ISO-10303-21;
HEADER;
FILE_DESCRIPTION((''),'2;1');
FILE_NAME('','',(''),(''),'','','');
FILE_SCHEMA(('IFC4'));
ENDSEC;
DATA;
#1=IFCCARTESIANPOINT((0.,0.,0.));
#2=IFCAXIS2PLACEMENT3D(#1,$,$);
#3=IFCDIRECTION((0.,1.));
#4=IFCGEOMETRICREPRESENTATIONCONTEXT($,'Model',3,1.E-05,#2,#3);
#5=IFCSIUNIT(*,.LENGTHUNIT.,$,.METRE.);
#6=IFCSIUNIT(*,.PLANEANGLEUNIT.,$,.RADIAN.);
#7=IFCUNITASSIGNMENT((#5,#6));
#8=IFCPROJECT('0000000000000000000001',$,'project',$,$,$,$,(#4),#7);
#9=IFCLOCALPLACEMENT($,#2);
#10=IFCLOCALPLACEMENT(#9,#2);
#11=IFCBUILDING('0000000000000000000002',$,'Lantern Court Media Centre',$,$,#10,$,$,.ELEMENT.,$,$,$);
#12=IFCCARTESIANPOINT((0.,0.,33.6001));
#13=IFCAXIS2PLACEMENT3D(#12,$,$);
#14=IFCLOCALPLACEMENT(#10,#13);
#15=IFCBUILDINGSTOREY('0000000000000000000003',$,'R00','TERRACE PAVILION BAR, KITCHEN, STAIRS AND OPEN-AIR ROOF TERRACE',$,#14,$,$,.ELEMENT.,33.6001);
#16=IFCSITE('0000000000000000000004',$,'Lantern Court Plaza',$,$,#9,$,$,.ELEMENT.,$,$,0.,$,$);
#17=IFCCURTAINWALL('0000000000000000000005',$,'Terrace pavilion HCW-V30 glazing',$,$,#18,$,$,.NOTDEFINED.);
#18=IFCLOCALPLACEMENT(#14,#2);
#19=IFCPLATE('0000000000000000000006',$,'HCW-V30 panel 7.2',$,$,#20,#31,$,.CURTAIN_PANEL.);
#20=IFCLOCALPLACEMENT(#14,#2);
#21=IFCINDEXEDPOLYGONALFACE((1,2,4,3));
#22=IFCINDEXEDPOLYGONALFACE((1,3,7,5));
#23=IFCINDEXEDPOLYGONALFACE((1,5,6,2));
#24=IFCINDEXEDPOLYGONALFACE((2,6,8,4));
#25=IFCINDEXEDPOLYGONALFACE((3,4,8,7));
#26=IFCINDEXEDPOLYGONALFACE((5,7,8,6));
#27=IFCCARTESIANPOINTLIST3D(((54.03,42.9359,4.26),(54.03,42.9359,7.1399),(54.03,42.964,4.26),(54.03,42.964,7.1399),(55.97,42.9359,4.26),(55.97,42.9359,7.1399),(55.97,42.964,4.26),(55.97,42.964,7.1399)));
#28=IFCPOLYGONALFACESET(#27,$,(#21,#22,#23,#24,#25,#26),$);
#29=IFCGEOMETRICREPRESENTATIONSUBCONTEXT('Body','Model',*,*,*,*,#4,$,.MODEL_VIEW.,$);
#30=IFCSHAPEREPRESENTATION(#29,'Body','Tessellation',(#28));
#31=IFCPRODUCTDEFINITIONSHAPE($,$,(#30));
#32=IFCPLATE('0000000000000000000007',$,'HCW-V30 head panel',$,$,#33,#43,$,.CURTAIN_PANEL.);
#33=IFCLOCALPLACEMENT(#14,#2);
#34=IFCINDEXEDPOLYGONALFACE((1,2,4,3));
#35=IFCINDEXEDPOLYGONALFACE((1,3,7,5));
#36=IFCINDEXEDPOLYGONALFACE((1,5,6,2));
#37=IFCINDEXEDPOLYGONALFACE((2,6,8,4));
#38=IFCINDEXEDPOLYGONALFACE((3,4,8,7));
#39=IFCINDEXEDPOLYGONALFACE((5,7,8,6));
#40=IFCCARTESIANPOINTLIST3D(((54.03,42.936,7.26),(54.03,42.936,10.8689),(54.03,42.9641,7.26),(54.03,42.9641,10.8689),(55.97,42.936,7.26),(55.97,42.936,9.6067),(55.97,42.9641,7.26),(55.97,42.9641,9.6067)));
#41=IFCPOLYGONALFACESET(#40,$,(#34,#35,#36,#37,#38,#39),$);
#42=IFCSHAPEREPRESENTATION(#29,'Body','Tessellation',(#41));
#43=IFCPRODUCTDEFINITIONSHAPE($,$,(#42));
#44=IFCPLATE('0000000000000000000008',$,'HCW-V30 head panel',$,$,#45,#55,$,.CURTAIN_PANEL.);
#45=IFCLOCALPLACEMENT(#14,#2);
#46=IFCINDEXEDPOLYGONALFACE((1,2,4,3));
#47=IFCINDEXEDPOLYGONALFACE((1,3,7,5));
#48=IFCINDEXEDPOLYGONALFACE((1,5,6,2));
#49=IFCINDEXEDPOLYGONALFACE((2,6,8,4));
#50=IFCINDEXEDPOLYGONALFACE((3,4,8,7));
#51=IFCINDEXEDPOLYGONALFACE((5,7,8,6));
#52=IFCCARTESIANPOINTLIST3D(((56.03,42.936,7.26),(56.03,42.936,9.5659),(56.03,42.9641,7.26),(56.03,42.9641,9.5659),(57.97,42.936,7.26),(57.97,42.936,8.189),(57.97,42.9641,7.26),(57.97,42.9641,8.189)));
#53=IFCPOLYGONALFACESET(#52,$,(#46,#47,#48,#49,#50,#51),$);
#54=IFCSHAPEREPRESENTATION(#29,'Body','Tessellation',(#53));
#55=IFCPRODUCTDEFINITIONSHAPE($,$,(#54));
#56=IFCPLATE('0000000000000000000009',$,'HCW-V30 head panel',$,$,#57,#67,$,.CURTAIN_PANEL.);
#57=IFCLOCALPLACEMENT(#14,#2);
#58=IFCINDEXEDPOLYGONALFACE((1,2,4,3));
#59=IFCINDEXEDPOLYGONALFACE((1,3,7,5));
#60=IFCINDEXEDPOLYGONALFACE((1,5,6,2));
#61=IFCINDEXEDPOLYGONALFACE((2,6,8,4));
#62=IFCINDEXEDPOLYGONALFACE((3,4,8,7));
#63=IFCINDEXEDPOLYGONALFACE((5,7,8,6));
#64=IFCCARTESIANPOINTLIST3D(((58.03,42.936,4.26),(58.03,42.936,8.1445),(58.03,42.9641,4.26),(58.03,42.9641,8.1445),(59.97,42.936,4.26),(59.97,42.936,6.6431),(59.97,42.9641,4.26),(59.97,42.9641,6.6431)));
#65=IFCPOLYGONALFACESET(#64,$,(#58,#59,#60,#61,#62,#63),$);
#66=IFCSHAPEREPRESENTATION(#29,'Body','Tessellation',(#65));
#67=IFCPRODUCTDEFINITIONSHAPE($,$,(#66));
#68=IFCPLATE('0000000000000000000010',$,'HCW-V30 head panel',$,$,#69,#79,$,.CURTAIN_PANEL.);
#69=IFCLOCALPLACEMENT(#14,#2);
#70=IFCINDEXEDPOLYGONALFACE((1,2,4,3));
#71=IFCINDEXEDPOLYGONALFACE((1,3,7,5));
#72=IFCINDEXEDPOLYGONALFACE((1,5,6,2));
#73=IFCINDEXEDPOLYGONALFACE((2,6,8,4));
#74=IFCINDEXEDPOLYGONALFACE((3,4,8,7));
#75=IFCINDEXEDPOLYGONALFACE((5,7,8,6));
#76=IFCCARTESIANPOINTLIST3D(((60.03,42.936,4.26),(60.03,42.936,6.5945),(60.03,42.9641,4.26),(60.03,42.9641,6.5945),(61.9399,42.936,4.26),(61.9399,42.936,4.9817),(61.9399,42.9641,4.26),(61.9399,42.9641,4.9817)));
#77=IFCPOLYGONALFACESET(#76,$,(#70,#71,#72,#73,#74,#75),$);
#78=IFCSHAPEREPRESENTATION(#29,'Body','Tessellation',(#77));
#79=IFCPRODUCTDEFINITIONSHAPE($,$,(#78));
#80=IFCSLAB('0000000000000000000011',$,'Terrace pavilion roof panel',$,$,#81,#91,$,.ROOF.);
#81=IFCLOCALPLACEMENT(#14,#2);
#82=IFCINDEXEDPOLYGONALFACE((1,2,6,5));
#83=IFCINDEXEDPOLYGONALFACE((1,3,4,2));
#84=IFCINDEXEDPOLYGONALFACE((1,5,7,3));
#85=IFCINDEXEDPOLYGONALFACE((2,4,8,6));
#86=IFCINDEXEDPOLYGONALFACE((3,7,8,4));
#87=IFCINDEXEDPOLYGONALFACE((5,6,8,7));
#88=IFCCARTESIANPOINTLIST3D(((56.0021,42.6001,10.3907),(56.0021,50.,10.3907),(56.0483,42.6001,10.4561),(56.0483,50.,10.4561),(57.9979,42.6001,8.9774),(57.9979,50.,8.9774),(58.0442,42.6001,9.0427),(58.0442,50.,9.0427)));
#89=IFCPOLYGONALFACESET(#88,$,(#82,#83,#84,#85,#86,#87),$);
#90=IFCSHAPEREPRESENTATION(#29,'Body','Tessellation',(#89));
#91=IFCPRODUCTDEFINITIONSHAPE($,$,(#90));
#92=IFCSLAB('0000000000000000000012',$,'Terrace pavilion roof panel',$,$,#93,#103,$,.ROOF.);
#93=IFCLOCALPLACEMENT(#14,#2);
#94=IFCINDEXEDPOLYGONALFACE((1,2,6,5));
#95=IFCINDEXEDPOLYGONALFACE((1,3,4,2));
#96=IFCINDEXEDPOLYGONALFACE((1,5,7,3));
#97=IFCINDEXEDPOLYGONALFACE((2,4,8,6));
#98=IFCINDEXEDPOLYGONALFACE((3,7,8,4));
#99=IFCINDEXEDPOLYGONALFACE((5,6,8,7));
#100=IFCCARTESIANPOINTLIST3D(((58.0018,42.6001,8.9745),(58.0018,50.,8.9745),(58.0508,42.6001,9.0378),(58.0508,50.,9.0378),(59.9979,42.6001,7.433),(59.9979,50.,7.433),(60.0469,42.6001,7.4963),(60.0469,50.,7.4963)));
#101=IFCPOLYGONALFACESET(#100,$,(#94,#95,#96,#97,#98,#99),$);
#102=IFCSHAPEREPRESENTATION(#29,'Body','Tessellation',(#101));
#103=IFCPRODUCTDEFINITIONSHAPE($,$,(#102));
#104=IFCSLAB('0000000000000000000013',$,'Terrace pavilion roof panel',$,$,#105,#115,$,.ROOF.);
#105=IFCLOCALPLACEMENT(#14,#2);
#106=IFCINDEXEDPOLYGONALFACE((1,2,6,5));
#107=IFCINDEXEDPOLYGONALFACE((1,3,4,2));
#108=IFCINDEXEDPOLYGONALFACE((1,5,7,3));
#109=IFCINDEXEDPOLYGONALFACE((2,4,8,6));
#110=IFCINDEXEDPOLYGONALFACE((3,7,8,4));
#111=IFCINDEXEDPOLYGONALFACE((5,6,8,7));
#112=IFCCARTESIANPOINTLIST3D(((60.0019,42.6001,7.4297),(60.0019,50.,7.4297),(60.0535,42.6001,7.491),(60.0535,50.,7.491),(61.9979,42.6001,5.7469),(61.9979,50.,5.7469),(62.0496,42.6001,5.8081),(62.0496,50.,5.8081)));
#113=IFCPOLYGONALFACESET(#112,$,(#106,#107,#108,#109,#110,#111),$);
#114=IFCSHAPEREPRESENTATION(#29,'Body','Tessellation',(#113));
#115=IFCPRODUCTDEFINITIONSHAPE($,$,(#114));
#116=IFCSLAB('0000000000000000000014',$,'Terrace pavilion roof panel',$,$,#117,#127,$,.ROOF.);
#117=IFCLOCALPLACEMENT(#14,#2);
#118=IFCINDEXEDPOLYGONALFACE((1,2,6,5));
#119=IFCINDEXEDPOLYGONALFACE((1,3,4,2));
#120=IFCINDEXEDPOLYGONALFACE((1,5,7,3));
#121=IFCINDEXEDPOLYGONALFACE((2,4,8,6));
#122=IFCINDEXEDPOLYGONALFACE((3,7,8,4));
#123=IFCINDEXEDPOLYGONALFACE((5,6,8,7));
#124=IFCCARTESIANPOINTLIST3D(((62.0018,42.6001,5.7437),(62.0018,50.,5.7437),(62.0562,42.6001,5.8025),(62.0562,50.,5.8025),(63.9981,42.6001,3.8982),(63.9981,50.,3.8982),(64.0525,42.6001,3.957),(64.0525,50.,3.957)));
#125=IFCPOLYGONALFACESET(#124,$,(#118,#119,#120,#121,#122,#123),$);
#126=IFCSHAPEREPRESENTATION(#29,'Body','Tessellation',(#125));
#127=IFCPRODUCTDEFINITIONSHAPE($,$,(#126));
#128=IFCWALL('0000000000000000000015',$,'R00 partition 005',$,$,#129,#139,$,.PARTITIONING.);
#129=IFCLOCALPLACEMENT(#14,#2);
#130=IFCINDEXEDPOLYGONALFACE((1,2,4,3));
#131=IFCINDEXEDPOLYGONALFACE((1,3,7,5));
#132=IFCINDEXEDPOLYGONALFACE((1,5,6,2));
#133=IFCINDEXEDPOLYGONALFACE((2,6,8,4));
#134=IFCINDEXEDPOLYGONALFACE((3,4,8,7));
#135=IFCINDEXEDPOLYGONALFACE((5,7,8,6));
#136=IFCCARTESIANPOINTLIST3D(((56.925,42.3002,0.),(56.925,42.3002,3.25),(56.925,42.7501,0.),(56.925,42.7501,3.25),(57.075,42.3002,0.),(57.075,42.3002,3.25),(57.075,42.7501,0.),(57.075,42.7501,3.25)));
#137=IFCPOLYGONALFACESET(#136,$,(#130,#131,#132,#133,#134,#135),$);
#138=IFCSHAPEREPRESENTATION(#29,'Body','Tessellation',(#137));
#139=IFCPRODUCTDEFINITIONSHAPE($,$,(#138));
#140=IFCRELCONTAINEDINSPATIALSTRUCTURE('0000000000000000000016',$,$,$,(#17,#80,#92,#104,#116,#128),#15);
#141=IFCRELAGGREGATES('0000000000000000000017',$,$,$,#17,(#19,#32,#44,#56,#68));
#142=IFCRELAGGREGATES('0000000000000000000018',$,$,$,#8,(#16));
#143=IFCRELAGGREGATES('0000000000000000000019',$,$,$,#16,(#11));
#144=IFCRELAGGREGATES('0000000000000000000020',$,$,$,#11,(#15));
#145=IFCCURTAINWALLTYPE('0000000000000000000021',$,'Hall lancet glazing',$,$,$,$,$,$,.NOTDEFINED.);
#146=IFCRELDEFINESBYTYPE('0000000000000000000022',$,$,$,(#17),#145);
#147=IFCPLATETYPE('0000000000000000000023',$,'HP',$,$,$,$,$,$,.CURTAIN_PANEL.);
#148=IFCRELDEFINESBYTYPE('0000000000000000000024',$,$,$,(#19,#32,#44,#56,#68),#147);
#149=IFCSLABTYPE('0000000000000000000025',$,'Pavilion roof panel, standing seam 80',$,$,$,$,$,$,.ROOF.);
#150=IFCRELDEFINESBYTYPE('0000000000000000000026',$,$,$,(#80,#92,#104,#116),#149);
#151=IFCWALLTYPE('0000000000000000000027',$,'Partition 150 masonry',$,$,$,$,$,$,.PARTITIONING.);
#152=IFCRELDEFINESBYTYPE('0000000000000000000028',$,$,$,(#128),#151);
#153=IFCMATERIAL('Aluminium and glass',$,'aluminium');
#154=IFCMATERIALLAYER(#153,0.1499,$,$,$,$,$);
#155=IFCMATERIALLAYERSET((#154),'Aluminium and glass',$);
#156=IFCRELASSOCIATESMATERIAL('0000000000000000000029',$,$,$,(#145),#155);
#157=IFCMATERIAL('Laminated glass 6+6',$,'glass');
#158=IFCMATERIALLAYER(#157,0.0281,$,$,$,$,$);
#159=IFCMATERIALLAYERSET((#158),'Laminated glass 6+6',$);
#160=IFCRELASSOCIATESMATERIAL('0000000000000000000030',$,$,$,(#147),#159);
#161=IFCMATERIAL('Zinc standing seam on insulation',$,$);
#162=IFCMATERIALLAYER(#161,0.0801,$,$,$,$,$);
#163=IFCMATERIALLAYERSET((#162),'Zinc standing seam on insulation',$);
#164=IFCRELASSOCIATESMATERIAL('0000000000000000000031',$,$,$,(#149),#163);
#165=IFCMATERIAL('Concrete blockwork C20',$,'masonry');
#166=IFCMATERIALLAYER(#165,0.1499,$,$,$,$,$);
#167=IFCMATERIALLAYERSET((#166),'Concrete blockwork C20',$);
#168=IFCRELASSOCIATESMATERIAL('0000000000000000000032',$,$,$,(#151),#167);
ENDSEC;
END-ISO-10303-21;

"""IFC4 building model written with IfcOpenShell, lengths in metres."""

from ifc_helpers import new_model, si_unit, direction, frame, frame_2d, origin, origin_2d, place, context, subcontext, project, spatial, polyline, rectangle, outline, extrude, material, layer, layer_set, type_object, element, aggregate, save


model = new_model("IFC4")

# Units and contexts
model_context = context("Model", 3, precision=1e-05, world=origin(), true_north=direction((0.0, 1.0)))
body_context = subcontext(model_context, "Body", "Model", "MODEL_VIEW")
ifc_project = project(units=[si_unit("LENGTHUNIT", "METRE"), si_unit("PLANEANGLEUNIT", "RADIAN")], contexts=[model_context])

# Site, building, storey
site_placement = place(None, origin())
site = spatial("IfcSite", under=ifc_project, at=site_placement, Name="Lantern Court Plaza", CompositionType="ELEMENT", RefElevation=0.0)
building_placement = place(site_placement, origin())
building = spatial("IfcBuilding", under=site, at=building_placement, Name="Lantern Court Media Centre", CompositionType="ELEMENT")
storey_placement = place(building_placement, frame((0.0, 0.0, 33.6001)))
storey = spatial("IfcBuildingStorey", under=building, at=storey_placement, Name="R00", Description="TERRACE PAVILION BAR, KITCHEN, STAIRS AND OPEN-AIR ROOF TERRACE", CompositionType="ELEMENT", Elevation=33.6001)

# Curtain wall
ifc_material_1 = material(Name="Aluminium and glass", Category="aluminium")
ifc_layer_1 = layer(ifc_material_1, 0.1499)
ifc_layer_set_1 = layer_set([ifc_layer_1], Name="Aluminium and glass")
curtain_wall_type = type_object("IfcCurtainWallType", Name="Hall lancet glazing", PredefinedType="NOTDEFINED", material=ifc_layer_set_1)
curtain_wall_placement = place(storey_placement, origin())
curtain_wall = element("IfcCurtainWall", 1, at=curtain_wall_placement, inside=storey, type_object=curtain_wall_type, Name="Terrace pavilion HCW-V30 glazing", PredefinedType="NOTDEFINED")

# Plates
ifc_material_2 = material(Name="Laminated glass 6+6", Category="glass")
ifc_layer_2 = layer(ifc_material_2, 0.0281)
ifc_layer_set_2 = layer_set([ifc_layer_2], Name="Laminated glass 6+6")
plate_type = type_object("IfcPlateType", Name="HP", PredefinedType="CURTAIN_PANEL", material=ifc_layer_set_2)
plate_1_placement = place(storey_placement, frame((55.0, 42.95, 4.26), z_axis=(0.0, 0.0, 1.0), x_axis=(1.0, 0.0, 0.0)))
plate_1 = element("IfcPlate", 2, at=plate_1_placement, type_object=plate_type, Name="HCW-V30 panel 7.2", PredefinedType="CURTAIN_PANEL", context=body_context, shape_type="SweptSolid", body=[
    extrude(rectangle(XDim=1.9399, YDim=0.0281, at=origin_2d()), origin(), (0.0, 0.0, 1.0), 2.8799),
])
plate_2_placement = place(storey_placement, frame((54.03, 42.936, 7.26), z_axis=(0.0, -1.0, 0.0), x_axis=(1.0, 0.0, 0.0)))
plate_2 = element("IfcPlate", 3, at=plate_2_placement, type_object=plate_type, Name="HCW-V30 head panel", PredefinedType="CURTAIN_PANEL", context=body_context, shape_type="SweptSolid", body=[
    extrude(outline(polyline([(0.0, 0.0), (1.9399, 0.0), (1.9399, 2.3467), (0.0, 3.6089), (0.0, 0.0)])), origin(), (0.0, 0.0, -1.0), 0.0281),
])
plate_3_placement = place(storey_placement, frame((56.03, 42.936, 7.26), z_axis=(0.0, -1.0, 0.0), x_axis=(1.0, 0.0, 0.0)))
plate_3 = element("IfcPlate", 4, at=plate_3_placement, type_object=plate_type, Name="HCW-V30 head panel", PredefinedType="CURTAIN_PANEL", context=body_context, shape_type="SweptSolid", body=[
    extrude(outline(polyline([(0.0, 0.0), (1.9399, 0.0), (1.9399, 0.929), (0.0, 2.3059), (0.0, 0.0)])), origin(), (0.0, 0.0, -1.0), 0.0281),
])
plate_4_placement = place(storey_placement, frame((58.03, 42.936, 4.26), z_axis=(0.0, -1.0, 0.0), x_axis=(1.0, 0.0, 0.0)))
plate_4 = element("IfcPlate", 5, at=plate_4_placement, type_object=plate_type, Name="HCW-V30 head panel", PredefinedType="CURTAIN_PANEL", context=body_context, shape_type="SweptSolid", body=[
    extrude(outline(polyline([(0.0, 0.0), (1.9399, 0.0), (1.9399, 2.3831), (0.0, 3.8845), (0.0, 0.0)])), origin(), (0.0, 0.0, -1.0), 0.0281),
])
plate_5_placement = place(storey_placement, frame((60.03, 42.936, 4.26), z_axis=(0.0, -1.0, 0.0), x_axis=(1.0, 0.0, 0.0)))
plate_5 = element("IfcPlate", 6, at=plate_5_placement, type_object=plate_type, Name="HCW-V30 head panel", PredefinedType="CURTAIN_PANEL", context=body_context, shape_type="SweptSolid", body=[
    extrude(outline(polyline([(0.0, 0.0), (1.9099, 0.0), (1.9099, 0.7217), (0.0, 2.3345), (0.0, 0.0)])), origin(), (0.0, 0.0, -1.0), 0.0281),
])
aggregate(curtain_wall, [plate_1, plate_2, plate_3, plate_4, plate_5])

# Slabs
ifc_material_3 = material(Name="Zinc standing seam on insulation")
ifc_layer_3 = layer(ifc_material_3, 0.0801)
ifc_layer_set_3 = layer_set([ifc_layer_3], Name="Zinc standing seam on insulation")
slab_type = type_object("IfcSlabType", Name="Pavilion roof panel, standing seam 80", PredefinedType="ROOF", material=ifc_layer_set_3)
slab_1_placement = place(storey_placement, frame((56.0483, 42.6001, 10.4561), z_axis=(0.577909, 0.0, 0.816101), x_axis=(0.816101, 0.0, -0.577909)))
element("IfcSlab", 7, at=slab_1_placement, inside=storey, type_object=slab_type, Name="Terrace pavilion roof panel", PredefinedType="ROOF", context=body_context, shape_type="SweptSolid", body=[
    extrude(outline(polyline([(0.0, 0.0), (2.4456, 0.0), (2.4456, 7.3999), (0.0, 7.3999), (0.0, 0.0)])), origin(), (0.0, 0.0, -1.0), 0.0801),
])
slab_2_placement = place(storey_placement, frame((58.0508, 42.6001, 9.0378), z_axis=(0.611216, 0.0, 0.791464), x_axis=(0.791464, 0.0, -0.611216)))
element("IfcSlab", 8, at=slab_2_placement, inside=storey, type_object=slab_type, Name="Terrace pavilion roof panel", PredefinedType="ROOF", context=body_context, shape_type="SweptSolid", body=[
    extrude(outline(polyline([(0.0, 0.0), (2.522, 0.0), (2.522, 7.3999), (0.0, 7.3999), (0.0, 0.0)])), origin(), (0.0, 0.0, -1.0), 0.0801),
])
slab_3_placement = place(storey_placement, frame((60.0535, 42.6001, 7.491), z_axis=(0.64457, 0.0, 0.764545), x_axis=(0.764545, 0.0, -0.64457)))
element("IfcSlab", 9, at=slab_3_placement, inside=storey, type_object=slab_type, Name="Terrace pavilion roof panel", PredefinedType="ROOF", context=body_context, shape_type="SweptSolid", body=[
    extrude(outline(polyline([(0.0, 0.0), (2.6108, 0.0), (2.6108, 7.3999), (0.0, 7.3999), (0.0, 0.0)])), origin(), (0.0, 0.0, -1.0), 0.0801),
])
slab_4_placement = place(storey_placement, frame((62.0562, 42.6001, 5.8025), z_axis=(0.678813, 0.0, 0.734311), x_axis=(0.734311, 0.0, -0.678813)))
element("IfcSlab", 10, at=slab_4_placement, inside=storey, type_object=slab_type, Name="Terrace pavilion roof panel", PredefinedType="ROOF", context=body_context, shape_type="SweptSolid", body=[
    extrude(outline(polyline([(0.0, 0.0), (2.7187, 0.0), (2.7187, 7.3999), (0.0, 7.3999), (0.0, 0.0)])), origin(), (0.0, 0.0, -1.0), 0.0801),
])

# Wall
ifc_material_4 = material(Name="Concrete blockwork C20", Category="masonry")
ifc_layer_4 = layer(ifc_material_4, 0.1499)
ifc_layer_set_4 = layer_set([ifc_layer_4], Name="Concrete blockwork C20")
wall_type = type_object("IfcWallType", Name="Partition 150 masonry", PredefinedType="PARTITIONING", material=ifc_layer_set_4)
wall_placement = place(storey_placement, frame((57.0, 42.3, 0.0), z_axis=(0.0, 0.0, 1.0), x_axis=(0.0, 1.0, 0.0)))
element("IfcWall", 11, at=wall_placement, inside=storey, type_object=wall_type, Name="R00 partition 005", PredefinedType="PARTITIONING", context=body_context, shape_type="SweptSolid", body=[
    extrude(rectangle(XDim=0.45, YDim=0.1499, at=frame_2d((0.2251, 0.0))), origin(), (0.0, 0.0, 1.0), 3.25),
])

save(model, "model.ifc")
